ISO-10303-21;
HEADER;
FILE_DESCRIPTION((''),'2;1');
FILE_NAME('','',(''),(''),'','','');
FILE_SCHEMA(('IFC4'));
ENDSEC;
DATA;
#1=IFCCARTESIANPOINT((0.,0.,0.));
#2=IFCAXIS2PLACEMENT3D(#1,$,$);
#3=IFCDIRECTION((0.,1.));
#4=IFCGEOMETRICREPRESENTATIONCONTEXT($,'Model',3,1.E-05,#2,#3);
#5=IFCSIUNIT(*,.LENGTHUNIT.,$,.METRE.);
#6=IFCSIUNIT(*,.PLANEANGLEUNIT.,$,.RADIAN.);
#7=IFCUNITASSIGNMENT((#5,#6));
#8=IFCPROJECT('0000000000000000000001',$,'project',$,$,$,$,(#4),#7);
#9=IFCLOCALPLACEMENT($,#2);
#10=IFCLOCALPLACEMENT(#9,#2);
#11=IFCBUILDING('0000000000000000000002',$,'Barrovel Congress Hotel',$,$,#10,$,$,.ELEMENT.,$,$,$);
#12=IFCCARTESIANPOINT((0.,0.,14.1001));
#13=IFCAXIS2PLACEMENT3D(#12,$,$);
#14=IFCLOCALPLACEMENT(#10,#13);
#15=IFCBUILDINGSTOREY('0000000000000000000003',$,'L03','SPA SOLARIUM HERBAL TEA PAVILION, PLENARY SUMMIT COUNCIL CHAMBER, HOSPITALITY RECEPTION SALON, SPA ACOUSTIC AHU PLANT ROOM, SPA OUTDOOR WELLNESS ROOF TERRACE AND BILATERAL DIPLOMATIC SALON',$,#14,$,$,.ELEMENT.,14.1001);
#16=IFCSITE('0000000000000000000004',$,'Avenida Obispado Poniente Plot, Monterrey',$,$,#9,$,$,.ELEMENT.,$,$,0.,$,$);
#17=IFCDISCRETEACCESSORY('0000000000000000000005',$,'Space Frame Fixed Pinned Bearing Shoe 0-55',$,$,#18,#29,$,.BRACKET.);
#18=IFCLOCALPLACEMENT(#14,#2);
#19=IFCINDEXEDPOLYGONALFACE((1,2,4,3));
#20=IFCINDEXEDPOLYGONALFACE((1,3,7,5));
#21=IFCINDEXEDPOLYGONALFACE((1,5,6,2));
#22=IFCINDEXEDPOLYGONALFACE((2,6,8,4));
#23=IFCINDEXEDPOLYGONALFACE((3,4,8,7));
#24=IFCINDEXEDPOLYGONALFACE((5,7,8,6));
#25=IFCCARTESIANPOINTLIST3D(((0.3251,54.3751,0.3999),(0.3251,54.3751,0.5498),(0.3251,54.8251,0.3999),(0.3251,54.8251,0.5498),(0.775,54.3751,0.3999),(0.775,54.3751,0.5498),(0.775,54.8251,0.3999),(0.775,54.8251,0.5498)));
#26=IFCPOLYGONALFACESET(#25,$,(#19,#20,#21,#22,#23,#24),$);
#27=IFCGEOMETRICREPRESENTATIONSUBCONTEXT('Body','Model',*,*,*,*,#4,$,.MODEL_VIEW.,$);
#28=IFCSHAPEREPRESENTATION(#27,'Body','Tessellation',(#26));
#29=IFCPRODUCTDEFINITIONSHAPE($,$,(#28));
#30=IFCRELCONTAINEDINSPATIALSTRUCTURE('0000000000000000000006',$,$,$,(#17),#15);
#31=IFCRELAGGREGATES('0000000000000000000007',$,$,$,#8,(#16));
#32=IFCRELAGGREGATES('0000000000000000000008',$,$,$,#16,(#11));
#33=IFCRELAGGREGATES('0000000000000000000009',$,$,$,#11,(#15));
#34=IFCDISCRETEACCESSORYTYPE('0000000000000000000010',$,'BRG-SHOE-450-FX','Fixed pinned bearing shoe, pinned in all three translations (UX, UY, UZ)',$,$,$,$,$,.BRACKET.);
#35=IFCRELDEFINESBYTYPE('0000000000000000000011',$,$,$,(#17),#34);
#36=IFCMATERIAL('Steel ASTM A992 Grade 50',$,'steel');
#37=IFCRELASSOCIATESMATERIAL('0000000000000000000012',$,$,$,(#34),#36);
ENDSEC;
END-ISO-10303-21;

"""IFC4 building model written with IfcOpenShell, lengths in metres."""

from ifc_helpers import new_model, si_unit, direction, frame, origin, origin_2d, place, context, subcontext, project, spatial, rectangle, extrude, material, type_object, element, save


model = new_model("IFC4")

# Units and contexts
model_context = context("Model", 3, precision=1e-05, world=origin(), true_north=direction((0.0, 1.0)))
body_context = subcontext(model_context, "Body", "Model", "MODEL_VIEW")
ifc_project = project(units=[si_unit("LENGTHUNIT", "METRE"), si_unit("PLANEANGLEUNIT", "RADIAN")], contexts=[model_context])

# Site, building, storey
site_placement = place(None, origin())
site = spatial("IfcSite", under=ifc_project, at=site_placement, Name="Avenida Obispado Poniente Plot, Monterrey", CompositionType="ELEMENT", RefElevation=0.0)
building_placement = place(site_placement, origin())
building = spatial("IfcBuilding", under=site, at=building_placement, Name="Barrovel Congress Hotel", CompositionType="ELEMENT")
storey_placement = place(building_placement, frame((0.0, 0.0, 14.1001)))
storey = spatial("IfcBuildingStorey", under=building, at=storey_placement, Name="L03", Description="SPA SOLARIUM HERBAL TEA PAVILION, PLENARY SUMMIT COUNCIL CHAMBER, HOSPITALITY RECEPTION SALON, SPA ACOUSTIC AHU PLANT ROOM, SPA OUTDOOR WELLNESS ROOF TERRACE AND BILATERAL DIPLOMATIC SALON", CompositionType="ELEMENT", Elevation=14.1001)

# Shared definitions
ifc_material_1 = material(Name="Steel ASTM A992 Grade 50", Category="steel")

# Discrete accessory
discrete_accessory_type = type_object("IfcDiscreteAccessoryType", Name="BRG-SHOE-450-FX", Description="Fixed pinned bearing shoe, pinned in all three translations (UX, UY, UZ)", PredefinedType="BRACKET", material=ifc_material_1)
discrete_accessory_placement = place(storey_placement, frame((0.55, 54.6001, 0.3999), z_axis=(0.0, 0.0, 1.0), x_axis=(1.0, 0.0, 0.0)))
element("IfcDiscreteAccessory", 1, at=discrete_accessory_placement, inside=storey, type_object=discrete_accessory_type, Name="Space Frame Fixed Pinned Bearing Shoe 0-55", PredefinedType="BRACKET", context=body_context, shape_type="SweptSolid", body=[
    extrude(rectangle(XDim=0.45, YDim=0.45, at=origin_2d()), origin(), (0.0, 0.0, 1.0), 0.1499),
])

save(model, "model.ifc")
